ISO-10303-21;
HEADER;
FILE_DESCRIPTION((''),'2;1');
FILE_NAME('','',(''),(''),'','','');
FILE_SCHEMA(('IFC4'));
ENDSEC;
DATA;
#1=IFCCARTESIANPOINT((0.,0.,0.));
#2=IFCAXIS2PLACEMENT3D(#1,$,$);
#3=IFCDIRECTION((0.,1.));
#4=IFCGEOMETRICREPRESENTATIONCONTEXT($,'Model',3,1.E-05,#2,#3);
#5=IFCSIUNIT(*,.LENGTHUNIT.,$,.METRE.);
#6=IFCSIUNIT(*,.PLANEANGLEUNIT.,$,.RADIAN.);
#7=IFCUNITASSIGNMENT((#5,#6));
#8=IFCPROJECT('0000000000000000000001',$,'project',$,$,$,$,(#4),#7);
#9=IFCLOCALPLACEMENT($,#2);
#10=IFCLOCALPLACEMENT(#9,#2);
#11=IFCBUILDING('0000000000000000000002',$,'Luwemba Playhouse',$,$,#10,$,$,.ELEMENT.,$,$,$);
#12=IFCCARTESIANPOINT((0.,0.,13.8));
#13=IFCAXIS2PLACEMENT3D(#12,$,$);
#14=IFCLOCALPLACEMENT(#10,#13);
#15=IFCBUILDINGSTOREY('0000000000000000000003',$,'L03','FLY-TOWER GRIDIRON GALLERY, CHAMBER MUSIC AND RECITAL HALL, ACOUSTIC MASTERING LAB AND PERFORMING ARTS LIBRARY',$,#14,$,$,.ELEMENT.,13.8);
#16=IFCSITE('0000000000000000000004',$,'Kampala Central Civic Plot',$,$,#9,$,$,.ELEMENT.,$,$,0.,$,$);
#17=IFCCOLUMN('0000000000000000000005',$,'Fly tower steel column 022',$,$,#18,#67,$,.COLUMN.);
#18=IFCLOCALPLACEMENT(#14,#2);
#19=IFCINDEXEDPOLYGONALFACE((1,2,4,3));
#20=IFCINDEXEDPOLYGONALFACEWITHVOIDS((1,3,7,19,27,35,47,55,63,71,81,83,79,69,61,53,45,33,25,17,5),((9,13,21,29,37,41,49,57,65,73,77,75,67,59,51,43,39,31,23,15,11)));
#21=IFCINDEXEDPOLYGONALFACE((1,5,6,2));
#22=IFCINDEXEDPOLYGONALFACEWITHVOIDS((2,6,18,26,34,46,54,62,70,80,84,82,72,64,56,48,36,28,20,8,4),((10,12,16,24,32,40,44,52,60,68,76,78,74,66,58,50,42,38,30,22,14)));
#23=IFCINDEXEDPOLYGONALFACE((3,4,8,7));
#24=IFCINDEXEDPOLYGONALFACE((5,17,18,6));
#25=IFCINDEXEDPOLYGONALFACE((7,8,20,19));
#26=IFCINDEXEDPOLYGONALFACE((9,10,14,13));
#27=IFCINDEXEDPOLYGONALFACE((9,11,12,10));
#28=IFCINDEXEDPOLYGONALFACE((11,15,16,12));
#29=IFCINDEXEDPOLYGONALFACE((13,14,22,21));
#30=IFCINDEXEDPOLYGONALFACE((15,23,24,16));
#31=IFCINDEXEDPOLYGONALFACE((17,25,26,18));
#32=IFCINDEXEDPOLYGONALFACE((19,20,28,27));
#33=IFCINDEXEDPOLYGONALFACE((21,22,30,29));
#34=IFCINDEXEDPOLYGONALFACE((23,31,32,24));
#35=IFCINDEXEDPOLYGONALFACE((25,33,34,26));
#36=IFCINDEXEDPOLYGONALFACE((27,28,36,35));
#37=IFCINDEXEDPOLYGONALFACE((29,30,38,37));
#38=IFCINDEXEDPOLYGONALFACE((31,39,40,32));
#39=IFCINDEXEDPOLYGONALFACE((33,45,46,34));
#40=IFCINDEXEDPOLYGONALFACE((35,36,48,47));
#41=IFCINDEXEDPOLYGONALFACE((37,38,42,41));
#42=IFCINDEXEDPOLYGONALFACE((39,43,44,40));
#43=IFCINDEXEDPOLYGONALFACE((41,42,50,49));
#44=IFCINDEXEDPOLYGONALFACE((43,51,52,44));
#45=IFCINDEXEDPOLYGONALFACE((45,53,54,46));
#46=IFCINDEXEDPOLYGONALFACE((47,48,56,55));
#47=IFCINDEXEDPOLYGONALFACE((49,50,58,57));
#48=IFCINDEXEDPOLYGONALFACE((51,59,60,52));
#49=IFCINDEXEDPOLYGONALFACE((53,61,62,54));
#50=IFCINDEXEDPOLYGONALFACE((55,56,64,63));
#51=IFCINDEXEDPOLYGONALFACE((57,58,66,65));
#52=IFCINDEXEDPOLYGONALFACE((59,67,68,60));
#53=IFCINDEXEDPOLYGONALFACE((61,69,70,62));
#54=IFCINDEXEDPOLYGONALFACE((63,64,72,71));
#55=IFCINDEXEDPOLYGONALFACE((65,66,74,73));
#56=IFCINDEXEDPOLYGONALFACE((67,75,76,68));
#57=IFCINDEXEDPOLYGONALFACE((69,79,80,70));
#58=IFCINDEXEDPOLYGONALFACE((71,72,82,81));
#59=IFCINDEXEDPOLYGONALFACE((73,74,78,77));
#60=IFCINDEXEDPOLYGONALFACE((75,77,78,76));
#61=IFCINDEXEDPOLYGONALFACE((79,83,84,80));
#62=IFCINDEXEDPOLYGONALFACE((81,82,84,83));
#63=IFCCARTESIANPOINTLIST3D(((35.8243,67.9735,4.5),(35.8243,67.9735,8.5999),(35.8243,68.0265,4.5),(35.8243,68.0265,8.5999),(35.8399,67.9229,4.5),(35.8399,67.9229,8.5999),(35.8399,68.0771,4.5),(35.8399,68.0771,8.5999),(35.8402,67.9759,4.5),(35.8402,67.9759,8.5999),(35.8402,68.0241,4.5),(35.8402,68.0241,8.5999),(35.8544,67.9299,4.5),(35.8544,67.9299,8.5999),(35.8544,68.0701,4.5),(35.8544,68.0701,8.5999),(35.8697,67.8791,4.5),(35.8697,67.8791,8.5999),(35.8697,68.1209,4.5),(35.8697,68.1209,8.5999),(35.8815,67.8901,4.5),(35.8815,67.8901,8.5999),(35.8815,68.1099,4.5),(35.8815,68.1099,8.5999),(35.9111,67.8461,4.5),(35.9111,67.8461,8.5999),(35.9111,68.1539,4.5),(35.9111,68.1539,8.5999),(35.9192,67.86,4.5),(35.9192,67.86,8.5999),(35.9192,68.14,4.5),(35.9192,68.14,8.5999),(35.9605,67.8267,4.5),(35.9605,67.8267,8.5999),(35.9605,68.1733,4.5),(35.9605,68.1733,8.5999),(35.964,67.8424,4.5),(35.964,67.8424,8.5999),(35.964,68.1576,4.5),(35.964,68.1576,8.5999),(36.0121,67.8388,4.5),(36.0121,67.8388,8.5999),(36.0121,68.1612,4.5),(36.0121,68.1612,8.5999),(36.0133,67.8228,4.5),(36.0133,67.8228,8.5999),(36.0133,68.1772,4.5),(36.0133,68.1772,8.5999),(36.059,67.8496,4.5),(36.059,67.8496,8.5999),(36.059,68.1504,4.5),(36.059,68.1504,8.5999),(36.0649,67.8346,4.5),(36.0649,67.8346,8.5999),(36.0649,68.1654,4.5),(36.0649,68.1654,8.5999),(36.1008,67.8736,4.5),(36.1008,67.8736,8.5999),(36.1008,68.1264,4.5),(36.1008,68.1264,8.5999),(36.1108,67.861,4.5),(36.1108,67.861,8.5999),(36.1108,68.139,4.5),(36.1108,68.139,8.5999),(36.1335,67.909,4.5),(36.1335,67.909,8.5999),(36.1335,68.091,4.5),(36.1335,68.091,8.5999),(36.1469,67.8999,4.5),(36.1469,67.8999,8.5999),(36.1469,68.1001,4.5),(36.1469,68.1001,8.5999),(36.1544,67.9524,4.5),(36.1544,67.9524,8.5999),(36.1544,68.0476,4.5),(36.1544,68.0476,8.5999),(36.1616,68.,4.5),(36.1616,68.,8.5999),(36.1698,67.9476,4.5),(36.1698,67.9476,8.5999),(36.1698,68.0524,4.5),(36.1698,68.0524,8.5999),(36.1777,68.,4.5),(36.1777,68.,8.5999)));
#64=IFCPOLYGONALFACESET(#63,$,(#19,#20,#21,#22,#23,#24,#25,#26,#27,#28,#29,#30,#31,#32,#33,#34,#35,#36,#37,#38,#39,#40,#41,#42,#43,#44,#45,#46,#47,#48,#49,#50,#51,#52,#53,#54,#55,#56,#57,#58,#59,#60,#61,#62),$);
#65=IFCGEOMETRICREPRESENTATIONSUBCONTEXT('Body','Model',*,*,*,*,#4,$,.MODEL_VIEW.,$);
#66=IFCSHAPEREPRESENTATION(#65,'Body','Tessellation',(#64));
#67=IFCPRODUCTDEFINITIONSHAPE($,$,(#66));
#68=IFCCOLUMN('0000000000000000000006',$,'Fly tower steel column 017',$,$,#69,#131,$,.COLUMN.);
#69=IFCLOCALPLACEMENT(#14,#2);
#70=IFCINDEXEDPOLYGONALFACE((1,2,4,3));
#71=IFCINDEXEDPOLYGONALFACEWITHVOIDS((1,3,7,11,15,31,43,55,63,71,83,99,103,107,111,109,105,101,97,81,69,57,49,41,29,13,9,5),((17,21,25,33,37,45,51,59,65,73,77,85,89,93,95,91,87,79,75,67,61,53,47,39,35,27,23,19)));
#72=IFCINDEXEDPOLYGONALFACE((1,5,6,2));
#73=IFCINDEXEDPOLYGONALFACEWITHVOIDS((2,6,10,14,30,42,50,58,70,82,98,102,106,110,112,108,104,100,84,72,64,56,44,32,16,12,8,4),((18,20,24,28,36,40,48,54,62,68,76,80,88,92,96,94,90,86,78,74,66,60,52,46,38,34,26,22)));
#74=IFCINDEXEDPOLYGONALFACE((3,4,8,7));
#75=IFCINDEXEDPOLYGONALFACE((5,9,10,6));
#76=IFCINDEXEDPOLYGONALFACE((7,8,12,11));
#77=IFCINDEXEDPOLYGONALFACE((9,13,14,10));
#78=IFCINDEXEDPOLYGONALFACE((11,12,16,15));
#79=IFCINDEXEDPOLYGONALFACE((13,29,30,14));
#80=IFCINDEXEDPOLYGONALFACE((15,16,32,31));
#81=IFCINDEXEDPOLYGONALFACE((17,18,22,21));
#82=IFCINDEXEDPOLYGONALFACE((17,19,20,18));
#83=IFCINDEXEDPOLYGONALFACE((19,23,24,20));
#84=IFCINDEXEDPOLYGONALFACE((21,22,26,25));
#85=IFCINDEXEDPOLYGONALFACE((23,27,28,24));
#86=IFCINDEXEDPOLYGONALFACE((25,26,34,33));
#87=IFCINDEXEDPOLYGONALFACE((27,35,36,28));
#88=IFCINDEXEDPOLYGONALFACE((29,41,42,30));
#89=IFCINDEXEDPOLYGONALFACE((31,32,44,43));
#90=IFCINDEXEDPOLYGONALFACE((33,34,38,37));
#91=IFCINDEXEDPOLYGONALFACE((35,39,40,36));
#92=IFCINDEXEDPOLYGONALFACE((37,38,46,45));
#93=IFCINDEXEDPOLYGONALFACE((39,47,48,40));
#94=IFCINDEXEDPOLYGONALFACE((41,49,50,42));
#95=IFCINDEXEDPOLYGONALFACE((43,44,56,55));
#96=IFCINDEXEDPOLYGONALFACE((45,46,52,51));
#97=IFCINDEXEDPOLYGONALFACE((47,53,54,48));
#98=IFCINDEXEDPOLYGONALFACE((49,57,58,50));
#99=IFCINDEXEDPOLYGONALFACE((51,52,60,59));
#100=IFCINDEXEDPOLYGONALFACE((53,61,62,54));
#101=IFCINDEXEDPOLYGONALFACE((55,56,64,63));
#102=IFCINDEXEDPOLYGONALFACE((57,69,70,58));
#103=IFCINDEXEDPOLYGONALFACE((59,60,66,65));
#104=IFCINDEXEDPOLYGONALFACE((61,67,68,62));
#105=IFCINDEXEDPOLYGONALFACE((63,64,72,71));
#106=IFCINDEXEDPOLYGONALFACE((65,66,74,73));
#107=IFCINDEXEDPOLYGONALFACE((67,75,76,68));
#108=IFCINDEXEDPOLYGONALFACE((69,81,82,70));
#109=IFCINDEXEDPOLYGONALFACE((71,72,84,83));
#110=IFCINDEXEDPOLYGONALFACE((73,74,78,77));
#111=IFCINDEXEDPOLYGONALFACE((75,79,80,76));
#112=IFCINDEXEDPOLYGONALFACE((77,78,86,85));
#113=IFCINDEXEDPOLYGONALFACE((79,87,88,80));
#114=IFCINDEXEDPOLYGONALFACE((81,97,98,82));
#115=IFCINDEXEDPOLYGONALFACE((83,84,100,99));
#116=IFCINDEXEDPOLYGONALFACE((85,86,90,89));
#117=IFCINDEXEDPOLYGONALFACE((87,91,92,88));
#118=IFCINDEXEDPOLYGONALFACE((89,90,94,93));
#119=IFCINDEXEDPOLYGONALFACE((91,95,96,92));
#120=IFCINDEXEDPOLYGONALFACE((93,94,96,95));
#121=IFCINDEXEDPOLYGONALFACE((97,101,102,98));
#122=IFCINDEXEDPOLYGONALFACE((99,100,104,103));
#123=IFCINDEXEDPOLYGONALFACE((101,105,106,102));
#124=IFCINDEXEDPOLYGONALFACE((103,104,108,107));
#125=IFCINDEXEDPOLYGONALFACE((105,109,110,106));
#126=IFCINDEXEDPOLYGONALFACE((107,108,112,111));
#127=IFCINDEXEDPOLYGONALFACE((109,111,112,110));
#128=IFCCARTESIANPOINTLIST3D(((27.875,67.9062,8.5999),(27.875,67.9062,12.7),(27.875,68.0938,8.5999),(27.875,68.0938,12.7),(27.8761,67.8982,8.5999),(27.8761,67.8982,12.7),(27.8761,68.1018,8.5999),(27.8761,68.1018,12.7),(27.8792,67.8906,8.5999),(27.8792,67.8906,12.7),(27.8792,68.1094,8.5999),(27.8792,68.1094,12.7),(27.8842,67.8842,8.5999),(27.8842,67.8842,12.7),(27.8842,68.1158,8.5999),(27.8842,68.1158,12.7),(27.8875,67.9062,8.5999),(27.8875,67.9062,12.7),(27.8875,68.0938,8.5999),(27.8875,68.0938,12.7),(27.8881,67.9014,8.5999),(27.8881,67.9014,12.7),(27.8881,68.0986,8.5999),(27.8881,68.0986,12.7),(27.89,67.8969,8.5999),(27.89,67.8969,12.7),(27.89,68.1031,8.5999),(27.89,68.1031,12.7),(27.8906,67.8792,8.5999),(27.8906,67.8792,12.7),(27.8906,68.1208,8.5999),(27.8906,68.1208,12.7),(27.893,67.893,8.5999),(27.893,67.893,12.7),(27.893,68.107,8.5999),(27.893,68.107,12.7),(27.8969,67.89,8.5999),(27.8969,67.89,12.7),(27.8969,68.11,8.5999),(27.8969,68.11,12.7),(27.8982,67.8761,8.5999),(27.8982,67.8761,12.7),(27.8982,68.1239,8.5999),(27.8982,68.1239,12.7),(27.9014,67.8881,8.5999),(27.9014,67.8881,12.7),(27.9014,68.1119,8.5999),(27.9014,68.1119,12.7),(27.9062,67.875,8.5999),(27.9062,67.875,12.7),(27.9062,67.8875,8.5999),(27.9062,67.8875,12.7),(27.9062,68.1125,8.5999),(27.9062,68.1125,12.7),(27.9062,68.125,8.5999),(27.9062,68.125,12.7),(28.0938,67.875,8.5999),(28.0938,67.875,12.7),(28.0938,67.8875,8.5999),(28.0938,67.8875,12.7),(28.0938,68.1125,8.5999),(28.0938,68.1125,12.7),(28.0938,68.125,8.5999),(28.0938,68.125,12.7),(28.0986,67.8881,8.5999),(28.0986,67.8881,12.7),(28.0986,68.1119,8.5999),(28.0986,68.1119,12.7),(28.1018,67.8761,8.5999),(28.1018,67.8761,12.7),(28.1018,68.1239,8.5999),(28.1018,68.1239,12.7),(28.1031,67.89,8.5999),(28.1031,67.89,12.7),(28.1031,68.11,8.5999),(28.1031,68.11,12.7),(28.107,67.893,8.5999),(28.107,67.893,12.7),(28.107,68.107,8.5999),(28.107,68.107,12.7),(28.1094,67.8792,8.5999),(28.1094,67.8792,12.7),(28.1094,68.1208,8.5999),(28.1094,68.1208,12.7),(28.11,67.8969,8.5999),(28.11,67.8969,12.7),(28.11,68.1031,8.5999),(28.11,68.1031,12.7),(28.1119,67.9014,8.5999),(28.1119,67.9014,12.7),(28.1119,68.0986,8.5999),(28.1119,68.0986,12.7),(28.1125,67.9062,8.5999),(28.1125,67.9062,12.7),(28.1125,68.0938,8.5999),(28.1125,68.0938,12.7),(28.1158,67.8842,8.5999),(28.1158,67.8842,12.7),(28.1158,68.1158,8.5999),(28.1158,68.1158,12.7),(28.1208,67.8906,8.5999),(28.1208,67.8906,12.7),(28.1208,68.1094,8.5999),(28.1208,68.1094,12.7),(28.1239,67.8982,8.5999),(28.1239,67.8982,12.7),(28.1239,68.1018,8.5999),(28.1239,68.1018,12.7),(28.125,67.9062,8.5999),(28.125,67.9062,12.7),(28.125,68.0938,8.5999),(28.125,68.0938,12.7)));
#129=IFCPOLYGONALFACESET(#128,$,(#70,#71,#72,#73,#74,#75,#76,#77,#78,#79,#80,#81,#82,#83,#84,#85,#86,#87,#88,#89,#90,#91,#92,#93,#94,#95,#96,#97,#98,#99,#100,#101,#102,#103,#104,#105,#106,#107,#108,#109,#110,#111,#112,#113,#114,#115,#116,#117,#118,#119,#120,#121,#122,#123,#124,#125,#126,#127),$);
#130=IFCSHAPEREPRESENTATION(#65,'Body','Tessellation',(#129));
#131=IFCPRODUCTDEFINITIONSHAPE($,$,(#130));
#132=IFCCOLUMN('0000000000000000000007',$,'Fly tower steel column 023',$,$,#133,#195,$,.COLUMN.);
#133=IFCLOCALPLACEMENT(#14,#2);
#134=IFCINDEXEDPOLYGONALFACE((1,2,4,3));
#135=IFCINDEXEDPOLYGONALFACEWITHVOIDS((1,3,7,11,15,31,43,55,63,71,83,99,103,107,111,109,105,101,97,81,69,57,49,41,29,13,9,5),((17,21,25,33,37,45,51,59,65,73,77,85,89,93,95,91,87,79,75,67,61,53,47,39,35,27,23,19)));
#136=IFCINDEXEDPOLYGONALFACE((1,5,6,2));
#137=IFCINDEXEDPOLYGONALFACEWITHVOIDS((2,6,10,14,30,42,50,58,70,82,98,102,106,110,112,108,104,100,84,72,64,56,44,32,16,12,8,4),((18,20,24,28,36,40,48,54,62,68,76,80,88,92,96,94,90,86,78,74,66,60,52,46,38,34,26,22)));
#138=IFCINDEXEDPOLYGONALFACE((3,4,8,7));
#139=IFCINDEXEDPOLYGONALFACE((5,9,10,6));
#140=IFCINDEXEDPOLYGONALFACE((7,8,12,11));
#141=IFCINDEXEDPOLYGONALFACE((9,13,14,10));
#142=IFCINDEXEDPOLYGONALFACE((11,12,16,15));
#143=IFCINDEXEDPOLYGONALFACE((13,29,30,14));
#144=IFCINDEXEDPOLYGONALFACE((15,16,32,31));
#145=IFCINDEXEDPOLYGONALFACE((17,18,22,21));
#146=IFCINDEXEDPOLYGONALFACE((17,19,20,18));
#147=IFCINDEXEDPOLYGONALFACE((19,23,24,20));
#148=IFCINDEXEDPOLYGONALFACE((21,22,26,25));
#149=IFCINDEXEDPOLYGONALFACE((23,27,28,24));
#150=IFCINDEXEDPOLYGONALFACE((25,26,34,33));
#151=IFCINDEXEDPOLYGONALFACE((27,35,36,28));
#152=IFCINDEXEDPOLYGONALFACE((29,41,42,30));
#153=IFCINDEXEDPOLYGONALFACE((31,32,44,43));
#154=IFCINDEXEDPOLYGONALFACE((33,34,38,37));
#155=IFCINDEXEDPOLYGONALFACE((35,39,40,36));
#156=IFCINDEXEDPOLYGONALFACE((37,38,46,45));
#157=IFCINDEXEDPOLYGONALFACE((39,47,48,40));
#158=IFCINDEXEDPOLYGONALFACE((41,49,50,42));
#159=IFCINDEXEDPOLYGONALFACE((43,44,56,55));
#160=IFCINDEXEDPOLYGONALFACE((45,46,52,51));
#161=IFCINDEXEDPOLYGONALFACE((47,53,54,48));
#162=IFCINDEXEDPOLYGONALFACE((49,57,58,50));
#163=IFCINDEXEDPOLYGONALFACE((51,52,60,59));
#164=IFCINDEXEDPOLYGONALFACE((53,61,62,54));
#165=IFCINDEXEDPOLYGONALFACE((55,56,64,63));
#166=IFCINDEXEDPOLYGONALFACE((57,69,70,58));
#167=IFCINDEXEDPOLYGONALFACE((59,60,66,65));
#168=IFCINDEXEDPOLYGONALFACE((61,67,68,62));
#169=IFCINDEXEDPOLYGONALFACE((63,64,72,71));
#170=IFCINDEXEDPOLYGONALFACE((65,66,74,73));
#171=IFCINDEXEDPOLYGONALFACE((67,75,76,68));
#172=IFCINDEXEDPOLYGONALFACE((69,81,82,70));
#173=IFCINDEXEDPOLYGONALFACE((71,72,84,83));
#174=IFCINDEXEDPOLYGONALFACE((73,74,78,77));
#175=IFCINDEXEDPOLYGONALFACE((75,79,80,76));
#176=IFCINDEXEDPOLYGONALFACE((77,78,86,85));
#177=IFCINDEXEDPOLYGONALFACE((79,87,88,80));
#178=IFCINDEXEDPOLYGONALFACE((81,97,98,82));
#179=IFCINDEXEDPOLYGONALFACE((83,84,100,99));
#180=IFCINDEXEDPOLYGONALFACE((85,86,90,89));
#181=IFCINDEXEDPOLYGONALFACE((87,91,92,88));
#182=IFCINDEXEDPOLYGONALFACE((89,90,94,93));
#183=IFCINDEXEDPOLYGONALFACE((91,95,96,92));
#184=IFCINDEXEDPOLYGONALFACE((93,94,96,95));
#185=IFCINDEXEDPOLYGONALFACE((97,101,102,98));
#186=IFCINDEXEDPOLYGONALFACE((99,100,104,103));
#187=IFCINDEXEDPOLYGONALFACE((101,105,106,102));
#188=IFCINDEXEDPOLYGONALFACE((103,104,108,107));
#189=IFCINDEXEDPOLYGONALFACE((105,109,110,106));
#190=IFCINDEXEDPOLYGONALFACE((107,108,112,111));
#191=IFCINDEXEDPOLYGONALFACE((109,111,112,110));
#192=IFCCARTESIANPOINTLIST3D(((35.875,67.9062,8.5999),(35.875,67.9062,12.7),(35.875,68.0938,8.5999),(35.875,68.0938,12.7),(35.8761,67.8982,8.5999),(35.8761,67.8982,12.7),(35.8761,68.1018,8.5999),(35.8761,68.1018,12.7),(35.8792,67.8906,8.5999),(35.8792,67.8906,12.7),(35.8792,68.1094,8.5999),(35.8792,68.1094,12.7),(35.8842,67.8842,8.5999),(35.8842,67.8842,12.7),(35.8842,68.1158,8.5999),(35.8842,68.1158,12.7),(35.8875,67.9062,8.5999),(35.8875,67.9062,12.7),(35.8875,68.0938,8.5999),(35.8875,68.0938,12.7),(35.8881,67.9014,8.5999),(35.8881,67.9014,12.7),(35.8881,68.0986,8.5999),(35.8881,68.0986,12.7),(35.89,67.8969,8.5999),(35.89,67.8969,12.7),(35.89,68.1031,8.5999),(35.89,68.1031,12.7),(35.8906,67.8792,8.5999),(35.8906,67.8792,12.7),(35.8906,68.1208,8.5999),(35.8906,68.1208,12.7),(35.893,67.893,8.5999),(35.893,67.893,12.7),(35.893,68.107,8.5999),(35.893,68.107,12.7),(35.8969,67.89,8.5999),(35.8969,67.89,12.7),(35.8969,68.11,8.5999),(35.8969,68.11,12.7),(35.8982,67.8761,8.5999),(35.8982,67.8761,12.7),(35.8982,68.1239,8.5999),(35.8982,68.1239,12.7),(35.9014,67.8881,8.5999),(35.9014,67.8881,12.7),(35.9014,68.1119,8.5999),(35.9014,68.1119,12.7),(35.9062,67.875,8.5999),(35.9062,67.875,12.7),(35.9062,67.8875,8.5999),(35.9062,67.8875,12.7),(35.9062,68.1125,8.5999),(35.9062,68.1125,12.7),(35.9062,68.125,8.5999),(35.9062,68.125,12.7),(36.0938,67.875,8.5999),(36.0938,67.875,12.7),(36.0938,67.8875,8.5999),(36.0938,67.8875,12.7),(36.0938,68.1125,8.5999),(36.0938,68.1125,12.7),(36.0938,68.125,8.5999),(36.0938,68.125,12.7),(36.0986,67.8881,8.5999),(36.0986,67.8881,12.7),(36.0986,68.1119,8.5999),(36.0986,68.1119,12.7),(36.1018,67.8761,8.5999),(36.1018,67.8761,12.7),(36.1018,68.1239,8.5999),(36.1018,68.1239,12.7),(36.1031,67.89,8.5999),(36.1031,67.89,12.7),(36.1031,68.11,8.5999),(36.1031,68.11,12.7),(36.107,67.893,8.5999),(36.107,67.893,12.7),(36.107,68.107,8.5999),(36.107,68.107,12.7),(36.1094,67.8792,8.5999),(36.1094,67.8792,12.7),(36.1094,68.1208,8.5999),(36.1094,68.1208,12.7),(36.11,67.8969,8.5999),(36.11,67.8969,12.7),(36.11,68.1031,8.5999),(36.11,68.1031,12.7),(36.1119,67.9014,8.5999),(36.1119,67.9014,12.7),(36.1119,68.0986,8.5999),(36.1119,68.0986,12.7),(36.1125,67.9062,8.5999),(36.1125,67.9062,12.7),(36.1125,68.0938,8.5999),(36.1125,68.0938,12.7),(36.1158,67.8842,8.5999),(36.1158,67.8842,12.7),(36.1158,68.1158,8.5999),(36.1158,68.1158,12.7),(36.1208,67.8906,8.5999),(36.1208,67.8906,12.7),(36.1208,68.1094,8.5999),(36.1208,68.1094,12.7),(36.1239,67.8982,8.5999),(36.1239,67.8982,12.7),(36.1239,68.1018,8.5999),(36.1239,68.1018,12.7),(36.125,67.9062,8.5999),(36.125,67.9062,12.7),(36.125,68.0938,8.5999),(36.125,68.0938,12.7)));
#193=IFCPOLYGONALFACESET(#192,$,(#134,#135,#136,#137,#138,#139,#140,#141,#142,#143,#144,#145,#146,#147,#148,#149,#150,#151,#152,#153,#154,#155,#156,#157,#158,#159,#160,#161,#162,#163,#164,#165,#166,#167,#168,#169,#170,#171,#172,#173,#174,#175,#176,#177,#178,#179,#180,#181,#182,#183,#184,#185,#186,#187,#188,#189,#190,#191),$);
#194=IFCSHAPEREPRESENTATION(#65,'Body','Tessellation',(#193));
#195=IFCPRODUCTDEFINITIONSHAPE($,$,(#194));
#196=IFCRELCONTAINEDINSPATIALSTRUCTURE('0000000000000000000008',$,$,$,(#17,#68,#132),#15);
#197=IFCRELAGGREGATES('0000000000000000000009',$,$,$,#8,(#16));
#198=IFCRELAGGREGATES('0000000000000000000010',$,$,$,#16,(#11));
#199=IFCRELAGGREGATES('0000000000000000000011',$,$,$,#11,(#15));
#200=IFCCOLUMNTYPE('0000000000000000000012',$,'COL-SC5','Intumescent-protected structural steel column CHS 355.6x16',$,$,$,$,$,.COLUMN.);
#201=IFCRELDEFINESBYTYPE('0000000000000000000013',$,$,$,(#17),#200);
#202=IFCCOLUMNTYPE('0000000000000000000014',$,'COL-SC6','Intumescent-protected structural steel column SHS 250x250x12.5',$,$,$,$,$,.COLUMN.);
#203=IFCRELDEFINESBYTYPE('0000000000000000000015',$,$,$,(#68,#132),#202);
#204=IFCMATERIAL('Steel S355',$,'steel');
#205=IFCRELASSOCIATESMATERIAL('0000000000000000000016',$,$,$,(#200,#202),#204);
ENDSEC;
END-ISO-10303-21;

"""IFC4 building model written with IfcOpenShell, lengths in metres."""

from ifc_helpers import new_model, si_unit, direction, frame, origin, origin_2d, place, context, subcontext, project, spatial, hollow_rectangle, hollow_circle, extrude, material, material_profile, profile_set, type_object, element, save


model = new_model("IFC4")

# Units and contexts
model_context = context("Model", 3, precision=1e-05, world=origin(), true_north=direction((0.0, 1.0)))
body_context = subcontext(model_context, "Body", "Model", "MODEL_VIEW")
ifc_project = project(units=[si_unit("LENGTHUNIT", "METRE"), si_unit("PLANEANGLEUNIT", "RADIAN")], contexts=[model_context])

# Site, building, storey
site_placement = place(None, origin())
site = spatial("IfcSite", under=ifc_project, at=site_placement, Name="Kampala Central Civic Plot", CompositionType="ELEMENT", RefElevation=0.0)
building_placement = place(site_placement, origin())
building = spatial("IfcBuilding", under=site, at=building_placement, Name="Luwemba Playhouse", CompositionType="ELEMENT")
storey_placement = place(building_placement, frame((0.0, 0.0, 13.8)))
storey = spatial("IfcBuildingStorey", under=building, at=storey_placement, Name="L03", Description="FLY-TOWER GRIDIRON GALLERY, CHAMBER MUSIC AND RECITAL HALL, ACOUSTIC MASTERING LAB AND PERFORMING ARTS LIBRARY", CompositionType="ELEMENT", Elevation=13.8)

# Columns
ifc_material_1 = material(Name="Steel S355", Category="steel")
ifc_material_profile_1 = material_profile(ifc_material_1, hollow_circle(Radius=0.1777, WallThickness=0.0161, at=origin_2d()))
ifc_profile_set_1 = profile_set([ifc_material_profile_1], Name="Steel S355")
column_type_1 = type_object("IfcColumnType", Name="COL-SC5", Description="Intumescent-protected structural steel column CHS 355.6x16", PredefinedType="COLUMN", material=ifc_profile_set_1)
for number, where, z_axis, x_axis, name in (
    (1, (36.0, 68.0, 4.5), (0.0, 0.0, 1.0), (1.0, 0.0, 0.0), "Fly tower steel column 022"),
):
    element("IfcColumn", number, at=place(storey_placement, frame(where, z_axis=z_axis, x_axis=x_axis)), inside=storey, type_object=column_type_1, Name=name, PredefinedType="COLUMN", context=body_context, shape_type="SweptSolid", body=[
        extrude(hollow_circle(Radius=0.1777, WallThickness=0.0161, at=origin_2d()), origin(), (0.0, 0.0, 1.0), 4.0999),
    ])
ifc_material_profile_2 = material_profile(ifc_material_1, hollow_rectangle(XDim=0.25, YDim=0.25, WallThickness=0.0125, InnerFilletRadius=0.0188, OuterFilletRadius=0.0312, at=origin_2d()))
ifc_profile_set_2 = profile_set([ifc_material_profile_2], Name="Steel S355")
column_type_2 = type_object("IfcColumnType", Name="COL-SC6", Description="Intumescent-protected structural steel column SHS 250x250x12.5", PredefinedType="COLUMN", material=ifc_profile_set_2)
for number, where, z_axis, x_axis, name in (
    (2, (28.0, 68.0, 8.5999), (0.0, 0.0, 1.0), (1.0, 0.0, 0.0), "Fly tower steel column 017"),
    (3, (36.0, 68.0, 8.5999), (0.0, 0.0, 1.0), (1.0, 0.0, 0.0), "Fly tower steel column 023"),
):
    element("IfcColumn", number, at=place(storey_placement, frame(where, z_axis=z_axis, x_axis=x_axis)), inside=storey, type_object=column_type_2, Name=name, PredefinedType="COLUMN", context=body_context, shape_type="SweptSolid", body=[
        extrude(hollow_rectangle(XDim=0.25, YDim=0.25, WallThickness=0.0125, InnerFilletRadius=0.0188, OuterFilletRadius=0.0312, at=origin_2d()), origin(), (0.0, 0.0, 1.0), 4.1001),
    ])

save(model, "model.ifc")
